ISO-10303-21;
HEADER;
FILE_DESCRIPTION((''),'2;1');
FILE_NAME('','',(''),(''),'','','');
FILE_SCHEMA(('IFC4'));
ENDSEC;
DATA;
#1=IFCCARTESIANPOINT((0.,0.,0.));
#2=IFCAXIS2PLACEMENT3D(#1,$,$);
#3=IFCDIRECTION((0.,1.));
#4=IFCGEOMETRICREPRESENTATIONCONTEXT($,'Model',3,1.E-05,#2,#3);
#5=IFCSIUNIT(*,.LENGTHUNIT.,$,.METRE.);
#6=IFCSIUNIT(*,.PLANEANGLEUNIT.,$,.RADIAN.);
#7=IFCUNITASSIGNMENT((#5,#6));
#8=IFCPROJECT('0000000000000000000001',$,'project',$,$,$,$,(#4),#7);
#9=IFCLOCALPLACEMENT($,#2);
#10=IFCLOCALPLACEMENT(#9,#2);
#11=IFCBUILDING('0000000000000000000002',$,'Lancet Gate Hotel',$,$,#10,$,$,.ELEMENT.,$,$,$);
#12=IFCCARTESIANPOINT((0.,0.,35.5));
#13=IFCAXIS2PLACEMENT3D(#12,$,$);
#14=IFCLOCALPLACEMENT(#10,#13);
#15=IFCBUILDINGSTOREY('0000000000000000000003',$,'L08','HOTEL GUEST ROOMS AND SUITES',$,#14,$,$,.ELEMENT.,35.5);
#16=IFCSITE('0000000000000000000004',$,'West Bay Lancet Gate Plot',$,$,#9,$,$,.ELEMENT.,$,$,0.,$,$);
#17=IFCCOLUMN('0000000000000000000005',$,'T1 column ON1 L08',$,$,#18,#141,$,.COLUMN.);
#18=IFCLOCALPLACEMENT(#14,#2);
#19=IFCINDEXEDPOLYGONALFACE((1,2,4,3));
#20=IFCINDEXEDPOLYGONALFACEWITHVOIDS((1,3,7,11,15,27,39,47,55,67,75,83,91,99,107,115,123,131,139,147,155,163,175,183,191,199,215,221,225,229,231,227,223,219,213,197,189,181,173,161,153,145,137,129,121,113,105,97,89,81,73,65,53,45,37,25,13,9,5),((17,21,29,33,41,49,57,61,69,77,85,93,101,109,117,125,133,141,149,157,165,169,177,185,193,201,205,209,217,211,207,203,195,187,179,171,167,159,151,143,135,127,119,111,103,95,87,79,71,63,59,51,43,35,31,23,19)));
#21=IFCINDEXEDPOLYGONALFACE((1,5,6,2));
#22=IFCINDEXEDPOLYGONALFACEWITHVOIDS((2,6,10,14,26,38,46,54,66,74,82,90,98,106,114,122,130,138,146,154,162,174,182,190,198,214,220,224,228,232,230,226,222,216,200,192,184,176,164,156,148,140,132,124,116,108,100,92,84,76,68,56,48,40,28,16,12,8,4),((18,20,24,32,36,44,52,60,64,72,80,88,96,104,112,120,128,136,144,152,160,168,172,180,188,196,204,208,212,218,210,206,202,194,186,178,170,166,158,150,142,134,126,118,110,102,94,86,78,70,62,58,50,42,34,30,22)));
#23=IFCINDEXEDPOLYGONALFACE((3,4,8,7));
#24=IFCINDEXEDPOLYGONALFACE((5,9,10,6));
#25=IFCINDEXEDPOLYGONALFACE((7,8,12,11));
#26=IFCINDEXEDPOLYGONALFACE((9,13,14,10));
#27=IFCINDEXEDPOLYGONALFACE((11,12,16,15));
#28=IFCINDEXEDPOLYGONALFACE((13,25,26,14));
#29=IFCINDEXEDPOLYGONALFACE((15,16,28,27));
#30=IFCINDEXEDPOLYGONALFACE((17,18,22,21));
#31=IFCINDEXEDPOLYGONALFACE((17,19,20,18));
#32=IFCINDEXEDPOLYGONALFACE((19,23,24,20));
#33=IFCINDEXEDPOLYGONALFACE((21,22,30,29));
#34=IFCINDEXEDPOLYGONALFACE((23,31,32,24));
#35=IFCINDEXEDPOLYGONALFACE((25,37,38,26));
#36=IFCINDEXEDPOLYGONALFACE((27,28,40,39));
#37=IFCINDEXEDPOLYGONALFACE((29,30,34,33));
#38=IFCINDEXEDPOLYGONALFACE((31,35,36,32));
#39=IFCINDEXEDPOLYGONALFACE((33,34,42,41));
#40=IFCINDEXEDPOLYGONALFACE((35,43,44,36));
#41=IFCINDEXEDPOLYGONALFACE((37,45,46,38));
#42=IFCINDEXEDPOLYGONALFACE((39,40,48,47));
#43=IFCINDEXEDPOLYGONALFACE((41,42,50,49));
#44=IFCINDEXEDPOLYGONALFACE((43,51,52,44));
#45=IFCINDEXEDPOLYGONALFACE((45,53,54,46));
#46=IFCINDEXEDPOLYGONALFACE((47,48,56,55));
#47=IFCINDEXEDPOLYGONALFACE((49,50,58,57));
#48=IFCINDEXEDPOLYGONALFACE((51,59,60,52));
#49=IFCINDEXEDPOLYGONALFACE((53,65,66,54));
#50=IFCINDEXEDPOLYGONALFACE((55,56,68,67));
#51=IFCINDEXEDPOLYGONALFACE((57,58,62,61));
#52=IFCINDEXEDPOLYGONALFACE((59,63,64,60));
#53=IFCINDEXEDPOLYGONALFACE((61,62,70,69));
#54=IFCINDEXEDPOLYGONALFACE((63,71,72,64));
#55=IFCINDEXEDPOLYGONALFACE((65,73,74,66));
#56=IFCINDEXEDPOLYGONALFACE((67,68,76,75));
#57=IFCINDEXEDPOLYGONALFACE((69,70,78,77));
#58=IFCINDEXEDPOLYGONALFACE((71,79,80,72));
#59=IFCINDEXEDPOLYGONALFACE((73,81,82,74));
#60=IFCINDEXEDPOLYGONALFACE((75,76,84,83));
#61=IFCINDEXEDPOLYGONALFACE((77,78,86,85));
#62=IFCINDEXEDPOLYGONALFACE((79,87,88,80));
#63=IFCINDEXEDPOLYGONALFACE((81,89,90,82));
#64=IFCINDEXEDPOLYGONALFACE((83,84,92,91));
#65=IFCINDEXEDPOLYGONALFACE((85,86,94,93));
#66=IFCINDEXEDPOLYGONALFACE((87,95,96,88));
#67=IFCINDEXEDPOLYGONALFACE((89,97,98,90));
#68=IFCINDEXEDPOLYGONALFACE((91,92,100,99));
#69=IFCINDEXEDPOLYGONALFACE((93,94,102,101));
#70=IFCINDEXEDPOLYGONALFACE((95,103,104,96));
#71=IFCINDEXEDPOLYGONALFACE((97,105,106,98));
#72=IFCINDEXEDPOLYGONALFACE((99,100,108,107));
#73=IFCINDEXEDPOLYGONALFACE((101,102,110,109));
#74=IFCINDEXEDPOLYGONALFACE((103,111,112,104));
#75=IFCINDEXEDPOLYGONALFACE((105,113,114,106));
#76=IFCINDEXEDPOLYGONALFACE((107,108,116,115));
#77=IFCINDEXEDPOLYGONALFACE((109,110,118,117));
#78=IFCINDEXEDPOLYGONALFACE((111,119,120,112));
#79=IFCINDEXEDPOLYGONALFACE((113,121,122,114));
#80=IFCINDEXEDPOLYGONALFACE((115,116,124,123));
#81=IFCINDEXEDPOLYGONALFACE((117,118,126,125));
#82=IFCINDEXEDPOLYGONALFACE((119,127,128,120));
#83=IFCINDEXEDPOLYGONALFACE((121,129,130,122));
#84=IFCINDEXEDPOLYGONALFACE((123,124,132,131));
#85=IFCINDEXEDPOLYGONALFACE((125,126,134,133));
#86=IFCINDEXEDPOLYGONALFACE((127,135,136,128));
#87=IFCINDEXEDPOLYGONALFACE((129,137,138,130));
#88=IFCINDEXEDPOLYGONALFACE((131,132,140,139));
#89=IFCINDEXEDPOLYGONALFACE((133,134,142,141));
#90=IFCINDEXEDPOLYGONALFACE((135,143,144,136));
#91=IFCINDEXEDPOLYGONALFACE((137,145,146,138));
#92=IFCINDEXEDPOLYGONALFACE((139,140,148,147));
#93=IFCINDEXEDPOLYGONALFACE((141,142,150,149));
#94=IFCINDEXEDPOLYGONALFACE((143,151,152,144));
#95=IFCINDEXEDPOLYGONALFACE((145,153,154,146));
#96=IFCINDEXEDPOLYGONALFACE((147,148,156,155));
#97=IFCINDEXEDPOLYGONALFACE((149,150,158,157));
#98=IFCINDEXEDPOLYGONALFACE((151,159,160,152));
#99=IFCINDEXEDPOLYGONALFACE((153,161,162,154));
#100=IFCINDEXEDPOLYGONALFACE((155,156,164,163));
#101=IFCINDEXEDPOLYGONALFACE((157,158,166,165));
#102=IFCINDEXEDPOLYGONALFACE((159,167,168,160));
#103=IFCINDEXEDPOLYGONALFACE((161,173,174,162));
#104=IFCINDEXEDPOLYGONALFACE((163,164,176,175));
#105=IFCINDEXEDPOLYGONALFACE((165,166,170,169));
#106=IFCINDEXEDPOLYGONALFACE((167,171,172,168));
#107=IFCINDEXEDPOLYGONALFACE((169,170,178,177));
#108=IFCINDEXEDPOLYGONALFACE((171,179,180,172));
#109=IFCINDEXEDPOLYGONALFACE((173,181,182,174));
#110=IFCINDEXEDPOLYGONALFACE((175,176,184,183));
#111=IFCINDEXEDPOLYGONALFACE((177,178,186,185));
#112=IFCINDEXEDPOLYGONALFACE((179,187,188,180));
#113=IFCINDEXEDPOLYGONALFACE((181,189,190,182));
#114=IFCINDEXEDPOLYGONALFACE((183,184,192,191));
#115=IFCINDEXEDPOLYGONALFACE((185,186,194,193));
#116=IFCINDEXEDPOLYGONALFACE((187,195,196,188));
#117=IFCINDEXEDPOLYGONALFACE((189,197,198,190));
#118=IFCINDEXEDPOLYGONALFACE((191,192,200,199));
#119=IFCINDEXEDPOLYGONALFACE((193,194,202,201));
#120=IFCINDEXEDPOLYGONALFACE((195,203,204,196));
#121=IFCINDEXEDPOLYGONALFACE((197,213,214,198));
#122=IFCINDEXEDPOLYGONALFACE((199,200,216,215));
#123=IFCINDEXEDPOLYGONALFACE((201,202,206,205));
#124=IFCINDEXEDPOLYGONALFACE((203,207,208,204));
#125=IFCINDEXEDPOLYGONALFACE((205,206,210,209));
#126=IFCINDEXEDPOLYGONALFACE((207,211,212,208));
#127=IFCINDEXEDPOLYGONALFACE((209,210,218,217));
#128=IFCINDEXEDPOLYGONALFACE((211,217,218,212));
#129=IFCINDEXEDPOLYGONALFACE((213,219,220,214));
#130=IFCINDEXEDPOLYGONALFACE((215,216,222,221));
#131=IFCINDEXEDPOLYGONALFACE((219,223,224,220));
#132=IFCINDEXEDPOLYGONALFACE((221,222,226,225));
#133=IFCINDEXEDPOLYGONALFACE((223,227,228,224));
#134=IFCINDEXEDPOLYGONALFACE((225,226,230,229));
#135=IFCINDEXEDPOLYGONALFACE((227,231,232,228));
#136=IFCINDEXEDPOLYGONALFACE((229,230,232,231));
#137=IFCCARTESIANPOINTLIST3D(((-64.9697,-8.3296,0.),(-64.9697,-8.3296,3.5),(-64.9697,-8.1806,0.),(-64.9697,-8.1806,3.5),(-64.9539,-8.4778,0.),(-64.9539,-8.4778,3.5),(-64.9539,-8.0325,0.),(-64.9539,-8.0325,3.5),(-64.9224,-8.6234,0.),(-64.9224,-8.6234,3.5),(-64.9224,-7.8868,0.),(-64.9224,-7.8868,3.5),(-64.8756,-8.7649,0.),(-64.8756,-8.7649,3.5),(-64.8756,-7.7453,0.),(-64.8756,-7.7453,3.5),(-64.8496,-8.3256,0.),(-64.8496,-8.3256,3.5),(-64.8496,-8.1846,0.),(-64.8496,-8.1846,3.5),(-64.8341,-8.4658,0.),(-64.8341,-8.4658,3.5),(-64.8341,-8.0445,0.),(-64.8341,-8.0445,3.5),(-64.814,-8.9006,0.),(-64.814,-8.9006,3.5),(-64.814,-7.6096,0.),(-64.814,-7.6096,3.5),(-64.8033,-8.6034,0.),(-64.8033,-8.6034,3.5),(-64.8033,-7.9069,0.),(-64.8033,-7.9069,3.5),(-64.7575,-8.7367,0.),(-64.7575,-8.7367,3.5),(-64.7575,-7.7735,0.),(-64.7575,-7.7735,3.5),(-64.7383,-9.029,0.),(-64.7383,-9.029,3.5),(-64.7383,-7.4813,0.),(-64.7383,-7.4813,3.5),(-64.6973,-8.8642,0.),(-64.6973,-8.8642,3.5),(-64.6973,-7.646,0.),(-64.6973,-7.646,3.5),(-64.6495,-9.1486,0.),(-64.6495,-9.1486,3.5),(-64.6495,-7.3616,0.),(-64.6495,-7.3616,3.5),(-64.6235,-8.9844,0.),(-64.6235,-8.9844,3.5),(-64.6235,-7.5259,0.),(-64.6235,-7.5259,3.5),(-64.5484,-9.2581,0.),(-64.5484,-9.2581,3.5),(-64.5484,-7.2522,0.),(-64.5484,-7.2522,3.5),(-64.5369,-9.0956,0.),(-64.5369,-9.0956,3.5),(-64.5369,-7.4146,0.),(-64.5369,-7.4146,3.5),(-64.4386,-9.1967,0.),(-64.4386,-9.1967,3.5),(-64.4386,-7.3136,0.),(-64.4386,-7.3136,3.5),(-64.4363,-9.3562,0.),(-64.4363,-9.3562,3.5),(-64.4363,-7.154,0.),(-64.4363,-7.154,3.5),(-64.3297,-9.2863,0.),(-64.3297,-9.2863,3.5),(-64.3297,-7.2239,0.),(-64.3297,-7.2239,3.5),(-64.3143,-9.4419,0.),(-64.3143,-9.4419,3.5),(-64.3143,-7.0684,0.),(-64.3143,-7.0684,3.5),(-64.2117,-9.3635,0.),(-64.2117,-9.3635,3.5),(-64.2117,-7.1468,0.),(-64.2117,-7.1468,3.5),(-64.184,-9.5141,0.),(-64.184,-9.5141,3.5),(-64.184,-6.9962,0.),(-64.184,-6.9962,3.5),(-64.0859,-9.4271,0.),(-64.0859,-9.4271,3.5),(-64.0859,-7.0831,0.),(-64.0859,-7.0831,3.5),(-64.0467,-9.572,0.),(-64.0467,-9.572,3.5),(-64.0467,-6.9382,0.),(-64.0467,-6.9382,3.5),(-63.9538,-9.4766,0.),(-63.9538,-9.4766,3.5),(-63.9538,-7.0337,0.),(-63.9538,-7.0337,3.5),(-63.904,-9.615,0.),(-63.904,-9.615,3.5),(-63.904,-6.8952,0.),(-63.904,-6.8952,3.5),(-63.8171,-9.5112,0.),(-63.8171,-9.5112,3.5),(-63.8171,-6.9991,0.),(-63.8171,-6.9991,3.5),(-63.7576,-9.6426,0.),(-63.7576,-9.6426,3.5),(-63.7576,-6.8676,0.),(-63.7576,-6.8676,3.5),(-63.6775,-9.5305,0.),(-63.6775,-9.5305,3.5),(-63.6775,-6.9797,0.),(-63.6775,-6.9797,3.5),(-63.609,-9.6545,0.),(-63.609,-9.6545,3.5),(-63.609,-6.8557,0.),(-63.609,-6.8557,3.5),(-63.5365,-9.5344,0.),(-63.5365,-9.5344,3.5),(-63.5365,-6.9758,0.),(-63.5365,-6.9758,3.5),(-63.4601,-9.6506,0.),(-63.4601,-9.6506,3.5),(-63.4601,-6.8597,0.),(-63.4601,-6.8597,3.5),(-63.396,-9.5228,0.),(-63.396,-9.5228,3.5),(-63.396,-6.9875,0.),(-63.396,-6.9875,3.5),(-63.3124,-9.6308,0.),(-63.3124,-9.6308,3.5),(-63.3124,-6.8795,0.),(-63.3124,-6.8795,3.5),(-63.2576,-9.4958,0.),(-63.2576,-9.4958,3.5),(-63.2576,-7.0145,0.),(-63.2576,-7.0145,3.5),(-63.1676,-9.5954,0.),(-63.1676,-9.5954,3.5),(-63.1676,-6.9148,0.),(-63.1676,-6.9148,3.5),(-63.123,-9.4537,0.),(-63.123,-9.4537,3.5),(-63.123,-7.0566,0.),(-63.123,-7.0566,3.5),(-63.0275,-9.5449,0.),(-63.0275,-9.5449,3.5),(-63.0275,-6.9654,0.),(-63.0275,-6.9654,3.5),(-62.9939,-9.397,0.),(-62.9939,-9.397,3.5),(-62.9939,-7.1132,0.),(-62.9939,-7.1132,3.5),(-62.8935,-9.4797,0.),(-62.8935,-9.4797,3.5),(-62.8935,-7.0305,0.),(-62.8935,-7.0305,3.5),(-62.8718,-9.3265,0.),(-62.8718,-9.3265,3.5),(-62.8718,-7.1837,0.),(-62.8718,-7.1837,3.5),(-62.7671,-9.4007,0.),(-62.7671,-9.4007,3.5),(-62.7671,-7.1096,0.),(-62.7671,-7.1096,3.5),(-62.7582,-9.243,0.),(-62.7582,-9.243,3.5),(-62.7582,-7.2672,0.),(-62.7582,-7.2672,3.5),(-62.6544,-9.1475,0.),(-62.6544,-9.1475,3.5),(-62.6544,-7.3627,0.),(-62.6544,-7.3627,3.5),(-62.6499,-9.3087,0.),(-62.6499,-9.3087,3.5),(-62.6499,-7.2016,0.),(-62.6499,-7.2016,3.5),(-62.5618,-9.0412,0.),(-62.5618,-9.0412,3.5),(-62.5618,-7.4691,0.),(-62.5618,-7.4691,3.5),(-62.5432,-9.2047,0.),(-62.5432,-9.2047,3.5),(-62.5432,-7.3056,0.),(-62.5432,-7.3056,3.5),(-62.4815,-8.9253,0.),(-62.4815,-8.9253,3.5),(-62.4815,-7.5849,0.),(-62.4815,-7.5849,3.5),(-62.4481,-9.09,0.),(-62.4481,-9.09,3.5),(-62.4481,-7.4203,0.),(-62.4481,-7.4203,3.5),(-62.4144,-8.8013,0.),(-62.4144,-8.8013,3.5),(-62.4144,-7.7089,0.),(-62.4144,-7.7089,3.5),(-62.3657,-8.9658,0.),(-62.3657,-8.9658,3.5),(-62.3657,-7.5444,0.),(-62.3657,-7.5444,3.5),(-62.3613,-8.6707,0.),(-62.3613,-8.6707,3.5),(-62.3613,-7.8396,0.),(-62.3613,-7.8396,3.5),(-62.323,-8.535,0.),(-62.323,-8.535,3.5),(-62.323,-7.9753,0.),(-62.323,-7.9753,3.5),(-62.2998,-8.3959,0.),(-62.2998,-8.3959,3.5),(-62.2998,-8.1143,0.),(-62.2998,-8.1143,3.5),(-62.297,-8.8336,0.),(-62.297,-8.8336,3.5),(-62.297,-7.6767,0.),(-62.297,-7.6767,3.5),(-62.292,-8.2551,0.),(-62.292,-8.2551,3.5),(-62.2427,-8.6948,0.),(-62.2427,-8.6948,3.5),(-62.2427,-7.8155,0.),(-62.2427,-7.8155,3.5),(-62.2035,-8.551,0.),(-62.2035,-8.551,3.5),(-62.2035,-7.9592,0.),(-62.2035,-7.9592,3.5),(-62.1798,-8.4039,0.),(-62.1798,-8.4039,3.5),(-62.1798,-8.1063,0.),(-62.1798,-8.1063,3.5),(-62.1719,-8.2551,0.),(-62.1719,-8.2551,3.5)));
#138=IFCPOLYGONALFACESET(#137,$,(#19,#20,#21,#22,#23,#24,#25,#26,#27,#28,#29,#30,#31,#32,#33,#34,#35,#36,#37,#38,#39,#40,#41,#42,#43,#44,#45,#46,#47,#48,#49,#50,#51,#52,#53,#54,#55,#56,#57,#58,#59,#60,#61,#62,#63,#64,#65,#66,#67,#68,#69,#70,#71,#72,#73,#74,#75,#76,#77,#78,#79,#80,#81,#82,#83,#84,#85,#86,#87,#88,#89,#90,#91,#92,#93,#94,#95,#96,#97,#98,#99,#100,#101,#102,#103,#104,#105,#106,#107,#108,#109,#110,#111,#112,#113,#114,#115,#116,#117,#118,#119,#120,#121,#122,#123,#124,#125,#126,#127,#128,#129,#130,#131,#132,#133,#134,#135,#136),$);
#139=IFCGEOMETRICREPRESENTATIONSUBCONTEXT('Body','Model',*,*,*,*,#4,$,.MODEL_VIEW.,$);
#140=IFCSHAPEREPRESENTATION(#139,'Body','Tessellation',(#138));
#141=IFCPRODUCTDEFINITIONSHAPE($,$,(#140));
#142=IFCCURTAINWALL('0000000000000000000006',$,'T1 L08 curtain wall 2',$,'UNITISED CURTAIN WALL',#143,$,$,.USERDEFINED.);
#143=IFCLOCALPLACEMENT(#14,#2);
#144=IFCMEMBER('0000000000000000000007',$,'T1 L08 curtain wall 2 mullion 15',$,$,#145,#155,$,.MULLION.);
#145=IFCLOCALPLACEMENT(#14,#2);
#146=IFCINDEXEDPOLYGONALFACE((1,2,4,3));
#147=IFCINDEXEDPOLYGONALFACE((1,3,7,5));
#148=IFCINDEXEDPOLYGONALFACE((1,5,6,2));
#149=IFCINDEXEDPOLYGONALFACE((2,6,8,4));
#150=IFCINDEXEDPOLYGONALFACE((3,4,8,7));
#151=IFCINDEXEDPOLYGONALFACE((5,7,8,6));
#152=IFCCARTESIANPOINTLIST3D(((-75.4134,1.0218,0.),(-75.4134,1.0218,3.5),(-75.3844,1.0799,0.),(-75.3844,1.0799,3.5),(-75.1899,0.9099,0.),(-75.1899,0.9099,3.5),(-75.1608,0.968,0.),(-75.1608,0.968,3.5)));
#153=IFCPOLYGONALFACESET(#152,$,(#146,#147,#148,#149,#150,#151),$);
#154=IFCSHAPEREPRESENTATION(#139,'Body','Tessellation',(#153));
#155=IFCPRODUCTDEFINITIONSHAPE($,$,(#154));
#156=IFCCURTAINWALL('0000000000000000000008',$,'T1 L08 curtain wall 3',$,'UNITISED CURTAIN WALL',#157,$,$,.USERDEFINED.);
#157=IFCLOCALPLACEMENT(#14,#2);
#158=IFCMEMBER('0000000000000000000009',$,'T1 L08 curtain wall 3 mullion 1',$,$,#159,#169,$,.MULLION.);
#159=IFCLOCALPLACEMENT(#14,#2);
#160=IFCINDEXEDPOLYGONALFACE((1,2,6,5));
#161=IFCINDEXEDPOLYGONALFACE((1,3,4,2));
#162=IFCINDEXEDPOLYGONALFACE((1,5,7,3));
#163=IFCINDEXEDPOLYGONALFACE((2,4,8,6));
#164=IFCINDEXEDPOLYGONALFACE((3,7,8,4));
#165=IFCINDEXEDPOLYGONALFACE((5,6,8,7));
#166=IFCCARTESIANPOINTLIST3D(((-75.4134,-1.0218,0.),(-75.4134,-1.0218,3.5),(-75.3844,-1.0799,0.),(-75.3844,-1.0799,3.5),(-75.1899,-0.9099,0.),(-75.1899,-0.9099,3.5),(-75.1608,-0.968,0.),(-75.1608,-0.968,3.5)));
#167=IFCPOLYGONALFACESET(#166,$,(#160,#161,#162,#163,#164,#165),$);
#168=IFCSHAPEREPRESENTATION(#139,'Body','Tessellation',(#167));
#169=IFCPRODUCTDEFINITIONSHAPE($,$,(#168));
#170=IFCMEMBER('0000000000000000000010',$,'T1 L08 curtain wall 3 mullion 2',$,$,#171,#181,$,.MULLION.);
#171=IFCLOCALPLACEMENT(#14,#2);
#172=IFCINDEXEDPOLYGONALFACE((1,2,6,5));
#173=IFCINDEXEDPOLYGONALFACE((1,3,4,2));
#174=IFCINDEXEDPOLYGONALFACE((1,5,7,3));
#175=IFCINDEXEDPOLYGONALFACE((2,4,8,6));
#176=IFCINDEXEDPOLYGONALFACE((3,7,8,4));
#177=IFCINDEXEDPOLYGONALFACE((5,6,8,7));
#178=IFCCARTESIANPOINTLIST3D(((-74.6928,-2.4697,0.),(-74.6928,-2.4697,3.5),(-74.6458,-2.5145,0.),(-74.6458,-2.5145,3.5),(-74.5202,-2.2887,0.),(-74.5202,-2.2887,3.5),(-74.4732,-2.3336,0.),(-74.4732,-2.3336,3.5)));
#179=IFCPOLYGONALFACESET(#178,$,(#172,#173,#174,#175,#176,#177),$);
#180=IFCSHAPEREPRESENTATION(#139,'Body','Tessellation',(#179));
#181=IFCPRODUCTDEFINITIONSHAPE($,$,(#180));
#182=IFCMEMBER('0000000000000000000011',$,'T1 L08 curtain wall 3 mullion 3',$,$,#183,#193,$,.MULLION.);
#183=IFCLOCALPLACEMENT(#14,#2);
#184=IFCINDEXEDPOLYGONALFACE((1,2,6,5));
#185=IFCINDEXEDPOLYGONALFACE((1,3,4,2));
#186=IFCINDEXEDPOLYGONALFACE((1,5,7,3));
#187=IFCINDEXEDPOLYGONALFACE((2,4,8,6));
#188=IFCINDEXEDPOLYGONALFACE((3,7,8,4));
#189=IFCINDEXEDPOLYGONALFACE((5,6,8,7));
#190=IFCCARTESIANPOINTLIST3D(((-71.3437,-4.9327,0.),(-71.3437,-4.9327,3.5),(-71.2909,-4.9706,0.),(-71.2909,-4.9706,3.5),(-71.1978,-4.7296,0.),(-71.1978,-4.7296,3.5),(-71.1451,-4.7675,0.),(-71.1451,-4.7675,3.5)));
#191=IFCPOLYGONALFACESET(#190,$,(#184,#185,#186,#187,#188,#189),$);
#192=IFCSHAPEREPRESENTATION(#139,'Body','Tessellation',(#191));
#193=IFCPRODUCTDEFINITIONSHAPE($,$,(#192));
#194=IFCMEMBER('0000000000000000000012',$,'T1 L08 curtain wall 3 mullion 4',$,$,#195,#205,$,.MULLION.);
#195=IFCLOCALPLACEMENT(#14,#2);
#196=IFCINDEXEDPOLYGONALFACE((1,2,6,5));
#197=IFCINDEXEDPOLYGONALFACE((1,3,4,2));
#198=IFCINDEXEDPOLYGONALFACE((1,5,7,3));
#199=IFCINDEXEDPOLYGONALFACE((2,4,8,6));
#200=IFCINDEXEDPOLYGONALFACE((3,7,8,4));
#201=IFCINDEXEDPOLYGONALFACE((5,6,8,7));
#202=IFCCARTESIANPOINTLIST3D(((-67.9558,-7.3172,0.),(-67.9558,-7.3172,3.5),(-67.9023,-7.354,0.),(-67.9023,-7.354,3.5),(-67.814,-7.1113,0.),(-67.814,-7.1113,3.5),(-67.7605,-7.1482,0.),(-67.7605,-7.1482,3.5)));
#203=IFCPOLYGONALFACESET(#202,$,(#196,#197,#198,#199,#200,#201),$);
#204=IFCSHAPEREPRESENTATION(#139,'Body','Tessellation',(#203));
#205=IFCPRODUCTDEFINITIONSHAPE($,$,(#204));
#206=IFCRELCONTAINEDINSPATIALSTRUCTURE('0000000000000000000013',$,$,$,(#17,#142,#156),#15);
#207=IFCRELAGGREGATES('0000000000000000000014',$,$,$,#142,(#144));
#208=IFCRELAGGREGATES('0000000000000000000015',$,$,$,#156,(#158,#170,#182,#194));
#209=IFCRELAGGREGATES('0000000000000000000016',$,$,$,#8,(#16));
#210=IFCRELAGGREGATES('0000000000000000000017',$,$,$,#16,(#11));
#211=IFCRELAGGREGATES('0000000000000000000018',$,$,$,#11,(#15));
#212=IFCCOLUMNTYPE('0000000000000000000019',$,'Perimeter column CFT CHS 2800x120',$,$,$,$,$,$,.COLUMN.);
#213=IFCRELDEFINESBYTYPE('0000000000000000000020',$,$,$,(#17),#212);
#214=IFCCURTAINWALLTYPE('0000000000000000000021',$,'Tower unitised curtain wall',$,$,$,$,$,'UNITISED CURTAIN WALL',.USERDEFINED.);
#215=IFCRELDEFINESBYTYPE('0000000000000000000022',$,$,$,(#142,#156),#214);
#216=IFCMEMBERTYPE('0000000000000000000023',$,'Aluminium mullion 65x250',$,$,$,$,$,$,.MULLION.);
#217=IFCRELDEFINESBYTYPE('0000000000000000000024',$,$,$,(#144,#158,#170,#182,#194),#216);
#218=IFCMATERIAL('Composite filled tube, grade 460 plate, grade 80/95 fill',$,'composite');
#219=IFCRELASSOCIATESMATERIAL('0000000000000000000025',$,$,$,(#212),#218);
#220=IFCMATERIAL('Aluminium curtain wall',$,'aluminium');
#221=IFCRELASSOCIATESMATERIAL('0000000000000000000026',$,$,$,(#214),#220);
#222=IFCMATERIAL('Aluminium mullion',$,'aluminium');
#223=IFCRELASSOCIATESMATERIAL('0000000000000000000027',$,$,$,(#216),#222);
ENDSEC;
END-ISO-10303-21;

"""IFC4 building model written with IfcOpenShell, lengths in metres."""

from ifc_helpers import new_model, si_unit, direction, frame, origin, origin_2d, place, context, subcontext, project, spatial, rectangle, hollow_circle, extrude, material, material_profile, profile_set, type_object, element, aggregate, save


model = new_model("IFC4")

# Units and contexts
model_context = context("Model", 3, precision=1e-05, world=origin(), true_north=direction((0.0, 1.0)))
body_context = subcontext(model_context, "Body", "Model", "MODEL_VIEW")
ifc_project = project(units=[si_unit("LENGTHUNIT", "METRE"), si_unit("PLANEANGLEUNIT", "RADIAN")], contexts=[model_context])

# Site, building, storey
site_placement = place(None, origin())
site = spatial("IfcSite", under=ifc_project, at=site_placement, Name="West Bay Lancet Gate Plot", CompositionType="ELEMENT", RefElevation=0.0)
building_placement = place(site_placement, origin())
building = spatial("IfcBuilding", under=site, at=building_placement, Name="Lancet Gate Hotel", CompositionType="ELEMENT")
storey_placement = place(building_placement, frame((0.0, 0.0, 35.5)))
storey = spatial("IfcBuildingStorey", under=building, at=storey_placement, Name="L08", Description="HOTEL GUEST ROOMS AND SUITES", CompositionType="ELEMENT", Elevation=35.5)

# Column
ifc_material_1 = material(Name="Composite filled tube, grade 460 plate, grade 80/95 fill", Category="composite")
ifc_material_profile_1 = material_profile(ifc_material_1, hollow_circle(Radius=1.3999, WallThickness=0.1201, at=origin_2d()), Name="CHS 2800x120")
ifc_profile_set_1 = profile_set([ifc_material_profile_1], Name="Composite filled tube, grade 460 plate, grade 80/95 fill")
column_type_1 = type_object("IfcColumnType", Name="Perimeter column CFT CHS 2800x120", PredefinedType="COLUMN", material=ifc_profile_set_1)
column_1_placement = place(storey_placement, frame((-63.5718, -8.2551, 0.0), z_axis=(0.0, 0.0, 1.0), x_axis=(1.0, 0.0, 0.0)))
element("IfcColumn", 1, at=column_1_placement, inside=storey, type_object=column_type_1, Name="T1 column ON1 L08", PredefinedType="COLUMN", context=body_context, shape_type="SweptSolid", body=[
    extrude(hollow_circle(Radius=1.3999, WallThickness=0.1201, at=origin_2d()), origin(), (0.0, 0.0, 1.0), 3.5),
])

# Curtain wall, member
ifc_material_2 = material(Name="Aluminium curtain wall", Category="aluminium")
curtain_wall_type = type_object("IfcCurtainWallType", Name="Tower unitised curtain wall", ElementType="UNITISED CURTAIN WALL", PredefinedType="USERDEFINED", material=ifc_material_2)
curtain_wall_1_placement = place(storey_placement, origin())
curtain_wall_1 = element("IfcCurtainWall", 2, at=curtain_wall_1_placement, inside=storey, type_object=curtain_wall_type, Name="T1 L08 curtain wall 2", ObjectType="UNITISED CURTAIN WALL", PredefinedType="USERDEFINED")
ifc_material_3 = material(Name="Aluminium mullion", Category="aluminium")
ifc_material_profile_2 = material_profile(ifc_material_3, rectangle(XDim=0.0649, YDim=0.25, at=origin_2d()), Name="MULLION 65x250")
ifc_profile_set_2 = profile_set([ifc_material_profile_2], Name="Aluminium mullion")
member_type_1 = type_object("IfcMemberType", Name="Aluminium mullion 65x250", PredefinedType="MULLION", material=ifc_profile_set_2)
member_1_placement = place(storey_placement, frame((-75.2871, 0.9949, 0.0), z_axis=(0.0, 0.0, 1.0), x_axis=(-0.447628, -0.89422, 0.0)))
member_1 = element("IfcMember", 3, at=member_1_placement, type_object=member_type_1, Name="T1 L08 curtain wall 2 mullion 15", PredefinedType="MULLION", context=body_context, shape_type="SweptSolid", body=[
    extrude(rectangle(XDim=0.0649, YDim=0.25, at=origin_2d()), origin(), (0.0, 0.0, 1.0), 3.5),
])
aggregate(curtain_wall_1, [member_1])

# Curtain wall, members
curtain_wall_2_placement = place(storey_placement, origin())
curtain_wall_2 = element("IfcCurtainWall", 4, at=curtain_wall_2_placement, inside=storey, type_object=curtain_wall_type, Name="T1 L08 curtain wall 3", ObjectType="UNITISED CURTAIN WALL", PredefinedType="USERDEFINED")
member_2_placement = place(storey_placement, frame((-75.2871, -0.9949, 0.0), z_axis=(0.0, 0.0, 1.0), x_axis=(0.447628, -0.89422, 0.0)))
member_2 = element("IfcMember", 5, at=member_2_placement, type_object=member_type_1, Name="T1 L08 curtain wall 3 mullion 1", PredefinedType="MULLION", context=body_context, shape_type="SweptSolid", body=[
    extrude(rectangle(XDim=0.0649, YDim=0.25, at=origin_2d()), origin(), (0.0, 0.0, 1.0), 3.5),
])
member_3_placement = place(storey_placement, frame((-74.583, -2.4016, 0.0), z_axis=(0.0, 0.0, 1.0), x_axis=(0.723696, -0.690119, 0.0)))
member_3 = element("IfcMember", 6, at=member_3_placement, type_object=member_type_1, Name="T1 L08 curtain wall 3 mullion 2", PredefinedType="MULLION", context=body_context, shape_type="SweptSolid", body=[
    extrude(rectangle(XDim=0.0649, YDim=0.25, at=origin_2d()), origin(), (0.0, 0.0, 1.0), 3.5),
])
member_4_placement = place(storey_placement, frame((-71.2444, -4.8501, 0.0), z_axis=(0.0, 0.0, 1.0), x_axis=(0.812147, -0.583453, 0.0)))
member_4 = element("IfcMember", 7, at=member_4_placement, type_object=member_type_1, Name="T1 L08 curtain wall 3 mullion 3", PredefinedType="MULLION", context=body_context, shape_type="SweptSolid", body=[
    extrude(rectangle(XDim=0.0649, YDim=0.25, at=origin_2d()), origin(), (0.0, 0.0, 1.0), 3.5),
])
member_5_placement = place(storey_placement, frame((-67.8582, -7.2327, 0.0), z_axis=(0.0, 0.0, 1.0), x_axis=(0.823425, -0.567425, 0.0)))
member_5 = element("IfcMember", 8, at=member_5_placement, type_object=member_type_1, Name="T1 L08 curtain wall 3 mullion 4", PredefinedType="MULLION", context=body_context, shape_type="SweptSolid", body=[
    extrude(rectangle(XDim=0.0649, YDim=0.25, at=origin_2d()), origin(), (0.0, 0.0, 1.0), 3.5),
])

aggregate(curtain_wall_2, [member_2, member_3, member_4, member_5])

save(model, "model.ifc")
